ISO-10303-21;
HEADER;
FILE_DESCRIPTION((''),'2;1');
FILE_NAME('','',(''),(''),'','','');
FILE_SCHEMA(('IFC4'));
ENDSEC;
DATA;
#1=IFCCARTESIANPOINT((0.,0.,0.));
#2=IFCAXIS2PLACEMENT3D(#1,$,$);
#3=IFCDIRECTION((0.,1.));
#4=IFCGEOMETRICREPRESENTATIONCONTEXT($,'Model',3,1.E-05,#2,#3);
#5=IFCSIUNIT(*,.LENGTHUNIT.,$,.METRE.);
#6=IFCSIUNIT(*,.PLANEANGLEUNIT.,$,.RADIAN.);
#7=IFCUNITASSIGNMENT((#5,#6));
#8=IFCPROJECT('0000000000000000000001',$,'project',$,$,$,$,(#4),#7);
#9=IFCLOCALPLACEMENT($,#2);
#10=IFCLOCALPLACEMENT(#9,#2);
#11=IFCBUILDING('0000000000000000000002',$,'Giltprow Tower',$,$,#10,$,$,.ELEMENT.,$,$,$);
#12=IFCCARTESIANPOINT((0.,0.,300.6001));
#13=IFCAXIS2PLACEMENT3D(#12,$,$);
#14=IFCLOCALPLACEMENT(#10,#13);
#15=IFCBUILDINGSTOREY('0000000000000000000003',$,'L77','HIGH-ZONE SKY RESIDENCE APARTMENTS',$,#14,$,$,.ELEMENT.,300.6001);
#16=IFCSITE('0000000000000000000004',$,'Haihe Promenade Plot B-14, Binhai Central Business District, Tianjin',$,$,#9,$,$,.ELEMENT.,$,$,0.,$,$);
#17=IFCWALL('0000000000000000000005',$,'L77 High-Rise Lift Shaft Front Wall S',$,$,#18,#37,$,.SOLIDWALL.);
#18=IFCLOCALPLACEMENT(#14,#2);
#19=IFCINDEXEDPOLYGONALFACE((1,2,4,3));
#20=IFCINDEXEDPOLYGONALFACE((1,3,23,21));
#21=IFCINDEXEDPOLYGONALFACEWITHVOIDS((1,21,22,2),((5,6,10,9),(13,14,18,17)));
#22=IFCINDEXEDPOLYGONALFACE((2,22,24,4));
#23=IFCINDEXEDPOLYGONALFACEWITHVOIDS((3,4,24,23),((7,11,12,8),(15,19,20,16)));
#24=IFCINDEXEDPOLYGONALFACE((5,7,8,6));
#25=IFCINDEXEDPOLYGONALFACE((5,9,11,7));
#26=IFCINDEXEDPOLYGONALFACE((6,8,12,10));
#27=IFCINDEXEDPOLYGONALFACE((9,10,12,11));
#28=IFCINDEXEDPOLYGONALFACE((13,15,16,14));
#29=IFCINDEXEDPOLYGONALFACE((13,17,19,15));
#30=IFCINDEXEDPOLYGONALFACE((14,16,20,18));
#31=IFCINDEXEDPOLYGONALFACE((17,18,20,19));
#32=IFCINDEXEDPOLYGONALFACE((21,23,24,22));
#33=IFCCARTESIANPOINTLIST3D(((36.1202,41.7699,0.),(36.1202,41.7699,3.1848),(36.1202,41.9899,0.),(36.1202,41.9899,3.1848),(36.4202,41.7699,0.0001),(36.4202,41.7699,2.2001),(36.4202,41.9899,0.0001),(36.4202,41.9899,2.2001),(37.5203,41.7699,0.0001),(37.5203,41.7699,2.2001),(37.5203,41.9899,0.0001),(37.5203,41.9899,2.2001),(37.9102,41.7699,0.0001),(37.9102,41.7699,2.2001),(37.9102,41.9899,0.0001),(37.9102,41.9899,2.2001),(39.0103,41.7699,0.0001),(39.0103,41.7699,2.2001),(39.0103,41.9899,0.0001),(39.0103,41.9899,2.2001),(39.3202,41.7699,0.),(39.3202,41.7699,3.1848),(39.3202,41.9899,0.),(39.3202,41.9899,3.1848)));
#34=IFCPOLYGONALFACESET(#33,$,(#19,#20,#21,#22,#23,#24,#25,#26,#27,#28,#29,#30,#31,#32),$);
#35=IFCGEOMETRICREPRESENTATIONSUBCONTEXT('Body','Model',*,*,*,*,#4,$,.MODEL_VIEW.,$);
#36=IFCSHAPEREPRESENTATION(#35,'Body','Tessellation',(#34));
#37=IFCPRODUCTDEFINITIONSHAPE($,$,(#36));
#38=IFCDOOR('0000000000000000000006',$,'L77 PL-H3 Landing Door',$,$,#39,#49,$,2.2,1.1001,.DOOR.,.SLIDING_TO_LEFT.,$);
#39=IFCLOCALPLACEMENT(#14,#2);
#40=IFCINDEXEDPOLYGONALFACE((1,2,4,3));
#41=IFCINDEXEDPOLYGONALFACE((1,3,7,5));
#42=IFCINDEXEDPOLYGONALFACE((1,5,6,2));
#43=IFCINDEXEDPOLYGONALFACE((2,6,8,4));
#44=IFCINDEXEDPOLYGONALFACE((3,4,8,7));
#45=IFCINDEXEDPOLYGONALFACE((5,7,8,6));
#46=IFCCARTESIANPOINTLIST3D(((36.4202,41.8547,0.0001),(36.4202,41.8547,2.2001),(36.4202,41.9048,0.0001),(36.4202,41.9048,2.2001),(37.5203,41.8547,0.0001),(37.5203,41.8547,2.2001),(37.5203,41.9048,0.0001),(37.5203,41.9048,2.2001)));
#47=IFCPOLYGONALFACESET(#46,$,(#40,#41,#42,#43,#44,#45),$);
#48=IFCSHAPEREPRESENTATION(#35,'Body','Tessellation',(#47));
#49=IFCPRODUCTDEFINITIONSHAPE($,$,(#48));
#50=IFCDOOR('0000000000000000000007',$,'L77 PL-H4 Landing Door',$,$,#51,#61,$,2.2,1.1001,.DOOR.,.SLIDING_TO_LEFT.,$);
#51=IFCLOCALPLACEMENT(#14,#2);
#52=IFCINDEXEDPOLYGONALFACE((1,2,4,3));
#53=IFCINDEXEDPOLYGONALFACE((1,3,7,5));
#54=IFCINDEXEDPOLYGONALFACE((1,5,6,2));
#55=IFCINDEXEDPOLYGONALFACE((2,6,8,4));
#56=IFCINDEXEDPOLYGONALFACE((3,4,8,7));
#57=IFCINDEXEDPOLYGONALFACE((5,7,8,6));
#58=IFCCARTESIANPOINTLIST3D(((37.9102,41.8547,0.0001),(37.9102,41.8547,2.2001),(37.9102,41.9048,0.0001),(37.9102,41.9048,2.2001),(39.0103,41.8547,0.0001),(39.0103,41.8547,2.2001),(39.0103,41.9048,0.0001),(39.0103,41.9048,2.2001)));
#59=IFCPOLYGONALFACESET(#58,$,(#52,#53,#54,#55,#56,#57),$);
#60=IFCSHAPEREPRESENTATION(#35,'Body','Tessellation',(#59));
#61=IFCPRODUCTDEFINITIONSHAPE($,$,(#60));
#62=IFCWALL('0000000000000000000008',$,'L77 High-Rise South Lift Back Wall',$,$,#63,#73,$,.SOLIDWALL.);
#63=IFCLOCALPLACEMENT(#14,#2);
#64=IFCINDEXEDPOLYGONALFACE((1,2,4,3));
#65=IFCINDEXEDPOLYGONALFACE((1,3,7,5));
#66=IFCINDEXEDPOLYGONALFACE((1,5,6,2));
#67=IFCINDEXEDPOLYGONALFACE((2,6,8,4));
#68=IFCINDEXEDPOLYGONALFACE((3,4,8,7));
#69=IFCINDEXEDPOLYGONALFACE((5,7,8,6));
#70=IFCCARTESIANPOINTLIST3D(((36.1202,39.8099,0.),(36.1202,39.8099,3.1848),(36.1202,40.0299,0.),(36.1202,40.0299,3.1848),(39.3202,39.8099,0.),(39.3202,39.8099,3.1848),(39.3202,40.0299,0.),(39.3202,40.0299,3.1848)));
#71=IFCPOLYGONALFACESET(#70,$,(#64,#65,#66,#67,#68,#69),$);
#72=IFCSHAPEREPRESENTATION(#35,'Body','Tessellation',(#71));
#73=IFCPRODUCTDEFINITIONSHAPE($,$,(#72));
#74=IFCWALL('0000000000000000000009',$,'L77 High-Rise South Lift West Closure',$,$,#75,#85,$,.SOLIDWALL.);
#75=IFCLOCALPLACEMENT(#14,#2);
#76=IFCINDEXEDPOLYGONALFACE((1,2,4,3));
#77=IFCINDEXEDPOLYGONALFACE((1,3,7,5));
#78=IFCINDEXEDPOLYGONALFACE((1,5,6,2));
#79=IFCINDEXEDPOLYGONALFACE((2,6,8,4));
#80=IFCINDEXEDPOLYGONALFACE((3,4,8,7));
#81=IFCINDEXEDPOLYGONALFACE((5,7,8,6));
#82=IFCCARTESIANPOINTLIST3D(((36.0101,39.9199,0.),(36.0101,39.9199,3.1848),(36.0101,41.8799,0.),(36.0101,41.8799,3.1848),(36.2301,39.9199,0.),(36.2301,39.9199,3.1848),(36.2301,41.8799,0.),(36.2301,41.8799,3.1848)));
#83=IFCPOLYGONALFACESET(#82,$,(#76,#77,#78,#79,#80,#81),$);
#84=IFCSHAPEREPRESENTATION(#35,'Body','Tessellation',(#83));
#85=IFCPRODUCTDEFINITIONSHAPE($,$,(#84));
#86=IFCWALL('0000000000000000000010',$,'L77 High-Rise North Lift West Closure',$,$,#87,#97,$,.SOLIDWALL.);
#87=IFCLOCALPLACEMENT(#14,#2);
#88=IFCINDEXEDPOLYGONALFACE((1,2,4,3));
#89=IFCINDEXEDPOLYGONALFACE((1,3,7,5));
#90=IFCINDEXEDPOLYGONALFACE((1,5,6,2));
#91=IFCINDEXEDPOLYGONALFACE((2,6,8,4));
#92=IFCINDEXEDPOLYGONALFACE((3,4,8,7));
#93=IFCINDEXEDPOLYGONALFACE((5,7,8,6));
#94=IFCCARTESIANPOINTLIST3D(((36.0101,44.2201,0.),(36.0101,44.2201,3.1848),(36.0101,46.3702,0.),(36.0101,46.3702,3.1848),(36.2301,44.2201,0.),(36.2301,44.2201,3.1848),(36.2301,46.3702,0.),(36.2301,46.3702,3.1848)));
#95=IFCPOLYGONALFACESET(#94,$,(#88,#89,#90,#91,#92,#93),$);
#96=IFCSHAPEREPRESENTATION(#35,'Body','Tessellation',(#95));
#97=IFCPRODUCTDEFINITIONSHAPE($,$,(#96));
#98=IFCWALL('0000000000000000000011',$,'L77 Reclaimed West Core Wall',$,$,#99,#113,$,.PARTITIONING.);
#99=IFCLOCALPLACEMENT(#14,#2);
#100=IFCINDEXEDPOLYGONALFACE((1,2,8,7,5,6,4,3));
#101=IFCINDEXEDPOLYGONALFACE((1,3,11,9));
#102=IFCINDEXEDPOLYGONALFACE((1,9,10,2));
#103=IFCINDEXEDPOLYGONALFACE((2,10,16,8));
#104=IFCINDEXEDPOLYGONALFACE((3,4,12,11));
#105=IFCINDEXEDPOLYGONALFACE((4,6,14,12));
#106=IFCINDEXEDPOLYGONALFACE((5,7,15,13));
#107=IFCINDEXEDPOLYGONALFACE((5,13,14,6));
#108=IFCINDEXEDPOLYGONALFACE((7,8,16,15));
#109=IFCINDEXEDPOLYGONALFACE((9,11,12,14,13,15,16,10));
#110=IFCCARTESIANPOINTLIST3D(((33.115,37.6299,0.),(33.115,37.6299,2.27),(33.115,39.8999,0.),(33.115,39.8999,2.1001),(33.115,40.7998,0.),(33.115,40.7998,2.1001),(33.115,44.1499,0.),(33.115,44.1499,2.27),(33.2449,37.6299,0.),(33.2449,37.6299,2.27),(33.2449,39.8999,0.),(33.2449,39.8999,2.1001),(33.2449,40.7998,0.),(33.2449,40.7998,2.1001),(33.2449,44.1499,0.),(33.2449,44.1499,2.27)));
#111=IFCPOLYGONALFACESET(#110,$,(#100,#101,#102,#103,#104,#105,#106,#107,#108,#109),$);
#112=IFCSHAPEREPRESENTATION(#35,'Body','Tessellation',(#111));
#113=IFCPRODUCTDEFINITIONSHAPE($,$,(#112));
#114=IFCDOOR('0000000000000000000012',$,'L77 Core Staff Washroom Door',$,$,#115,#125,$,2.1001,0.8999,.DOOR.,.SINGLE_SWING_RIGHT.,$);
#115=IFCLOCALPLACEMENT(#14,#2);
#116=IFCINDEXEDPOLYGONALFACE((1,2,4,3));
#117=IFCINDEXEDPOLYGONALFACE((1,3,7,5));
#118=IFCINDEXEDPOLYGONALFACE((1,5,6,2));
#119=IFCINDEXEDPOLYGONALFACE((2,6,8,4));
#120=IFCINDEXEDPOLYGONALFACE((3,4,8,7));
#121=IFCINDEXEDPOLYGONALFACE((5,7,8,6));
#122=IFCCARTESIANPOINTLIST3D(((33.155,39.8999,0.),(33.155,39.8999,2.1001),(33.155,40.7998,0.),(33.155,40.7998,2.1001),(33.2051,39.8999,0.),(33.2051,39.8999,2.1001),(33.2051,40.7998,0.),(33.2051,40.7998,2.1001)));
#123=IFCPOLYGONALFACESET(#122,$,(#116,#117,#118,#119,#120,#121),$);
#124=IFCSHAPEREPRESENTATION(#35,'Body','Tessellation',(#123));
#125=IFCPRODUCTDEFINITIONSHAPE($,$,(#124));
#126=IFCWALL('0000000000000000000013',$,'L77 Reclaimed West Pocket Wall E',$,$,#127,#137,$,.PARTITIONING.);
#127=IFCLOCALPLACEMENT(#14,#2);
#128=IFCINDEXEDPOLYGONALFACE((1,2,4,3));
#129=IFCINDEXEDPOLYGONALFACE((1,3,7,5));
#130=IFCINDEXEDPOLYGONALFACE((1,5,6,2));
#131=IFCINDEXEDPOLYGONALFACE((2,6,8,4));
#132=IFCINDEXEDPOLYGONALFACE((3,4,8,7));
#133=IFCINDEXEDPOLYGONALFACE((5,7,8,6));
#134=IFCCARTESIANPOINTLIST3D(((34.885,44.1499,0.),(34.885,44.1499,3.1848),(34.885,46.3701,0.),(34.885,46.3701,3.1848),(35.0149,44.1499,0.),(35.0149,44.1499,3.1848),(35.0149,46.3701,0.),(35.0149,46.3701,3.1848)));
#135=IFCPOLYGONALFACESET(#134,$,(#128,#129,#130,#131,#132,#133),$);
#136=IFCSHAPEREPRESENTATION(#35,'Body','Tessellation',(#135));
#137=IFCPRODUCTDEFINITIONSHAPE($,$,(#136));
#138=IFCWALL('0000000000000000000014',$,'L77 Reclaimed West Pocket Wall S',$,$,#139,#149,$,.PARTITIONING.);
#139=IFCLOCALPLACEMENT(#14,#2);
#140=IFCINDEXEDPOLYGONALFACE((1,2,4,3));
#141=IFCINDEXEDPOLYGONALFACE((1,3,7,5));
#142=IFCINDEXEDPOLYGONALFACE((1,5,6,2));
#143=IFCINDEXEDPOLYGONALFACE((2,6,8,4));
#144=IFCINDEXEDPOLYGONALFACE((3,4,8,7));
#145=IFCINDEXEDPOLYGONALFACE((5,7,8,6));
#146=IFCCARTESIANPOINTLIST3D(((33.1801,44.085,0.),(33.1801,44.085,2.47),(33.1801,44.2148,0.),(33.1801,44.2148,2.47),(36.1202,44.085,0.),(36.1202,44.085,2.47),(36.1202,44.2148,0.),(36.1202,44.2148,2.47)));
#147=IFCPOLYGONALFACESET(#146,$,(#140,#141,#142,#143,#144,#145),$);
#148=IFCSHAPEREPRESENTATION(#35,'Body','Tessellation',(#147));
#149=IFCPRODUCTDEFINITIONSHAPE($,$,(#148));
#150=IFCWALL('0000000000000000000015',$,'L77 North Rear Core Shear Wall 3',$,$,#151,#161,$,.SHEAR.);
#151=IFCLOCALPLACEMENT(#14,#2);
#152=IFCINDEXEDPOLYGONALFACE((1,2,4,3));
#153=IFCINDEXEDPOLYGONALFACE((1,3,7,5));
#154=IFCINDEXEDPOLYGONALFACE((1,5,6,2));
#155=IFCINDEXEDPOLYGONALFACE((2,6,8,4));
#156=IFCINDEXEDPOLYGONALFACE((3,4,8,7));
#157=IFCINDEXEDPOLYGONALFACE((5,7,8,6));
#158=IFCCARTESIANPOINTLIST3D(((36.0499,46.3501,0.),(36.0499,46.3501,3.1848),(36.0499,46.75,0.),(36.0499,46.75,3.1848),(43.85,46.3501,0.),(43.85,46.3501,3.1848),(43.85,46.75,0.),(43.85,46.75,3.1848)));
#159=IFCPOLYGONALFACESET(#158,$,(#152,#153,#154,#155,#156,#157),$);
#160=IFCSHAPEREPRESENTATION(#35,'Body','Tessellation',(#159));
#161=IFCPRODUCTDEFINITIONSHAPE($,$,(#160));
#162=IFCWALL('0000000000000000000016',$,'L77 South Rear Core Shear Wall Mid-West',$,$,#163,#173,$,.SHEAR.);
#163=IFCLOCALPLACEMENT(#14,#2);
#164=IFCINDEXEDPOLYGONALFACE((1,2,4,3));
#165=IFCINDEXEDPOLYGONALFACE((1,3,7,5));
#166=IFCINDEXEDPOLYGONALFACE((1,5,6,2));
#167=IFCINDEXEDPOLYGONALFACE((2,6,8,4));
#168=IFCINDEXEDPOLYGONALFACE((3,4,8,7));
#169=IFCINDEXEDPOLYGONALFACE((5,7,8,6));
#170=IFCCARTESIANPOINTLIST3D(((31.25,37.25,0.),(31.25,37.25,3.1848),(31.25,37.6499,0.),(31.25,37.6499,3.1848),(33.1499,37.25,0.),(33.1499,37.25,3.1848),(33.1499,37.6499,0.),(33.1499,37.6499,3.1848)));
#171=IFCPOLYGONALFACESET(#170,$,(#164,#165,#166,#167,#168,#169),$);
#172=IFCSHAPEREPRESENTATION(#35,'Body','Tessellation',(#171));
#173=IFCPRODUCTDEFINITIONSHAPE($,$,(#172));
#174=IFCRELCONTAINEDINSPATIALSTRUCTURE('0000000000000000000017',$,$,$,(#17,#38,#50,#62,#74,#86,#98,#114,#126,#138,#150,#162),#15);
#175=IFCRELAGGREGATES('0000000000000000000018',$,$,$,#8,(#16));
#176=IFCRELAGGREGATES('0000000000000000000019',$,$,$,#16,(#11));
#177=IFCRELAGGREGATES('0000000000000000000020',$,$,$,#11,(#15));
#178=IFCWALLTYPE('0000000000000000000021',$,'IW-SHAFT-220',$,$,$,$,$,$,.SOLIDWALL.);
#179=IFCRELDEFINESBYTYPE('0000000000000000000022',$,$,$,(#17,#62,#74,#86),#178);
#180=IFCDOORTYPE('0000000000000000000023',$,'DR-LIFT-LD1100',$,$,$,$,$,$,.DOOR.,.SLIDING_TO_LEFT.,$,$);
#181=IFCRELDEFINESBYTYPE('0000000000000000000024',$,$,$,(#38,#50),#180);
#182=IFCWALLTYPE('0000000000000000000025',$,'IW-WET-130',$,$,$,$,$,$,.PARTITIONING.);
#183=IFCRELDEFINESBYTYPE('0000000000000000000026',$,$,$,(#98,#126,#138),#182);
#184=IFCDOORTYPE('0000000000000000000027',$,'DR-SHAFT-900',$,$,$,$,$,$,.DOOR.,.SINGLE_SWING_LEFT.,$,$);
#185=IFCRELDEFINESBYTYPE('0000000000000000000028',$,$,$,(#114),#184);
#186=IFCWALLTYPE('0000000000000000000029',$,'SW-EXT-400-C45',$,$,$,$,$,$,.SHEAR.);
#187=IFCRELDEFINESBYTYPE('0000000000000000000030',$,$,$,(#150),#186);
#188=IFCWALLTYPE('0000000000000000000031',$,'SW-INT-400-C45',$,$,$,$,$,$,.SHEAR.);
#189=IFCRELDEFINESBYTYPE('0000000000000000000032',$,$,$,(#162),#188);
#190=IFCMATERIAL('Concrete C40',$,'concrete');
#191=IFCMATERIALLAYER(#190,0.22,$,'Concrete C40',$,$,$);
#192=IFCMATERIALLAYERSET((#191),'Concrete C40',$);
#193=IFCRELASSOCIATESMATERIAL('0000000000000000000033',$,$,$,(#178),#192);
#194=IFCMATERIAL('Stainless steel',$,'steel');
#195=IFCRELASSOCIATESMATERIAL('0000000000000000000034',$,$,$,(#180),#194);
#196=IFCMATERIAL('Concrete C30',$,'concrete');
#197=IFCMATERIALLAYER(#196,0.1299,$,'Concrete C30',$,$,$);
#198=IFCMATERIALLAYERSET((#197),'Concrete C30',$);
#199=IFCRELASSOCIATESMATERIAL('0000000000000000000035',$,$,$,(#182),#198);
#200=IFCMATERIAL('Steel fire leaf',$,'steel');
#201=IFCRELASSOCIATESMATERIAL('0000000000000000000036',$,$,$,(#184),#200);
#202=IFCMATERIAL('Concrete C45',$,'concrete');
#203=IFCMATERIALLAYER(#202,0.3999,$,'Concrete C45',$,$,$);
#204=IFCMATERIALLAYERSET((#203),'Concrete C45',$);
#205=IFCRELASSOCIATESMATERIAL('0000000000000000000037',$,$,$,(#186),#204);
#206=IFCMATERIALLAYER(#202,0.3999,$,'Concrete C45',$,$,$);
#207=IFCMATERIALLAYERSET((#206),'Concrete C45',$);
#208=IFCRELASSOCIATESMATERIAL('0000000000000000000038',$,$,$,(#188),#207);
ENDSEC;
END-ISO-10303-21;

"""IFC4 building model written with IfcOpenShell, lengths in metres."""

from ifc_helpers import new_model, si_unit, direction, frame, frame_2d, origin, place, context, subcontext, project, spatial, rectangle, extrude, source, transform, mapped, material, layer, layer_set, type_object, element, fill, save


model = new_model("IFC4")

# Units and contexts
model_context = context("Model", 3, precision=1e-05, world=origin(), true_north=direction((0.0, 1.0)))
body_context = subcontext(model_context, "Body", "Model", "MODEL_VIEW")
ifc_project = project(units=[si_unit("LENGTHUNIT", "METRE"), si_unit("PLANEANGLEUNIT", "RADIAN")], contexts=[model_context])

# Site, building, storey
site_placement = place(None, origin())
site = spatial("IfcSite", under=ifc_project, at=site_placement, Name="Haihe Promenade Plot B-14, Binhai Central Business District, Tianjin", CompositionType="ELEMENT", RefElevation=0.0)
building_placement = place(site_placement, origin())
building = spatial("IfcBuilding", under=site, at=building_placement, Name="Giltprow Tower", CompositionType="ELEMENT")
storey_placement = place(building_placement, frame((0.0, 0.0, 300.6001)))
storey = spatial("IfcBuildingStorey", under=building, at=storey_placement, Name="L77", Description="HIGH-ZONE SKY RESIDENCE APARTMENTS", CompositionType="ELEMENT", Elevation=300.6001)

# Shared definitions
ifc_material_1 = material(Name="Concrete C45", Category="concrete")

# Wall, openings, doors
ifc_material_2 = material(Name="Concrete C40", Category="concrete")
ifc_layer_1 = layer(ifc_material_2, 0.22, Name="Concrete C40")
ifc_layer_set_1 = layer_set([ifc_layer_1], Name="Concrete C40")
wall_type_1 = type_object("IfcWallType", Name="IW-SHAFT-220", PredefinedType="SOLIDWALL", material=ifc_layer_set_1)
ifc_material_3 = material(Name="Stainless steel", Category="steel")
door_type_1 = type_object("IfcDoorType", Name="DR-LIFT-LD1100", OperationType="SLIDING_TO_LEFT", PredefinedType="DOOR", material=ifc_material_3)
shared_shape_1 = source(origin(), body_context, "Body", "SweptSolid", [
    extrude(rectangle(XDim=1.1001, YDim=2.2, at=frame_2d((0.55, 1.1001))), frame((0.0, 0.0249, 0.0), z_axis=(0.0, -1.0, 0.0), x_axis=(1.0, 0.0, 0.0)), (0.0, 0.0, 1.0), 0.05),
])
wall_1_placement = place(storey_placement, frame((36.1201, 41.8799, 0.0), z_axis=(0.0, 0.0, 1.0), x_axis=(1.0, 0.0, 0.0)))
wall_1 = element("IfcWall", 1, at=wall_1_placement, inside=storey, type_object=wall_type_1, Name="L77 High-Rise Lift Shaft Front Wall S", PredefinedType="SOLIDWALL", context=body_context, shape_type="SweptSolid", body=[
    extrude(rectangle(XDim=3.2, YDim=0.22, at=frame_2d((1.6001, 0.0))), origin(), (0.0, 0.0, 1.0), 3.1848),
])
opening_1_placement = place(wall_1_placement, frame((0.3, 0.0, 0.0)))
opening_1 = element("IfcOpeningElement", 2, at=opening_1_placement, cuts=wall_1, PredefinedType="OPENING", context=body_context, shape_type="SweptSolid", body=[
    extrude(rectangle(XDim=1.1001, YDim=2.2, at=frame_2d((0.55, 1.1001))), frame((0.0, 0.1199, 0.0), z_axis=(0.0, -1.0, 0.0), x_axis=(1.0, 0.0, 0.0)), (0.0, 0.0, 1.0), 0.24),
])
opening_2_placement = place(wall_1_placement, frame((1.79, 0.0, 0.0)))
opening_2 = element("IfcOpeningElement", 3, at=opening_2_placement, cuts=wall_1, PredefinedType="OPENING", context=body_context, shape_type="SweptSolid", body=[
    extrude(rectangle(XDim=1.1001, YDim=2.2, at=frame_2d((0.55, 1.1001))), frame((0.0, 0.1199, 0.0), z_axis=(0.0, -1.0, 0.0), x_axis=(1.0, 0.0, 0.0)), (0.0, 0.0, 1.0), 0.24),
])
door_1_placement = place(opening_1_placement, origin())
door_1 = element("IfcDoor", 4, at=door_1_placement, inside=storey, type_object=door_type_1, Name="L77 PL-H3 Landing Door", OperationType="SLIDING_TO_LEFT", OverallHeight=2.2, OverallWidth=1.1001, PredefinedType="DOOR", context=body_context, shape_type="MappedRepresentation", body=[
    mapped(shared_shape_1, transform((0.0, 0.0, 0.0), x_axis=(1.0, 0.0, 0.0), y_axis=(0.0, 1.0, 0.0), z_axis=(0.0, 0.0, 1.0), scale=1.0)),
])
fill(opening_1, door_1)
door_2_placement = place(opening_2_placement, origin())
door_2 = element("IfcDoor", 5, at=door_2_placement, inside=storey, type_object=door_type_1, Name="L77 PL-H4 Landing Door", OperationType="SLIDING_TO_LEFT", OverallHeight=2.2, OverallWidth=1.1001, PredefinedType="DOOR", context=body_context, shape_type="MappedRepresentation", body=[
    mapped(shared_shape_1, transform((0.0, 0.0, 0.0), x_axis=(1.0, 0.0, 0.0), y_axis=(0.0, 1.0, 0.0), z_axis=(0.0, 0.0, 1.0), scale=1.0)),
])
fill(opening_2, door_2)

# Walls
wall_2_placement = place(storey_placement, frame((36.1201, 39.9199, 0.0), z_axis=(0.0, 0.0, 1.0), x_axis=(1.0, 0.0, 0.0)))
element("IfcWall", 6, at=wall_2_placement, inside=storey, type_object=wall_type_1, Name="L77 High-Rise South Lift Back Wall", PredefinedType="SOLIDWALL", context=body_context, shape_type="SweptSolid", body=[
    extrude(rectangle(XDim=3.2, YDim=0.22, at=frame_2d((1.6001, 0.0))), origin(), (0.0, 0.0, 1.0), 3.1848),
])
wall_3_placement = place(storey_placement, frame((36.1201, 39.9199, 0.0), z_axis=(0.0, 0.0, 1.0), x_axis=(0.0, 1.0, 0.0)))
element("IfcWall", 7, at=wall_3_placement, inside=storey, type_object=wall_type_1, Name="L77 High-Rise South Lift West Closure", PredefinedType="SOLIDWALL", context=body_context, shape_type="SweptSolid", body=[
    extrude(rectangle(XDim=1.96, YDim=0.22, at=frame_2d((0.98, 0.0))), origin(), (0.0, 0.0, 1.0), 3.1848),
])
wall_4_placement = place(storey_placement, frame((36.1201, 44.22, 0.0), z_axis=(0.0, 0.0, 1.0), x_axis=(0.0, 1.0, 0.0)))
element("IfcWall", 8, at=wall_4_placement, inside=storey, type_object=wall_type_1, Name="L77 High-Rise North Lift West Closure", PredefinedType="SOLIDWALL", context=body_context, shape_type="SweptSolid", body=[
    extrude(rectangle(XDim=2.1501, YDim=0.22, at=frame_2d((1.0752, 0.0))), origin(), (0.0, 0.0, 1.0), 3.1848),
])

# Wall, opening, door
ifc_material_4 = material(Name="Concrete C30", Category="concrete")
ifc_layer_2 = layer(ifc_material_4, 0.1299, Name="Concrete C30")
ifc_layer_set_2 = layer_set([ifc_layer_2], Name="Concrete C30")
wall_type_2 = type_object("IfcWallType", Name="IW-WET-130", PredefinedType="PARTITIONING", material=ifc_layer_set_2)
wall_5_placement = place(storey_placement, frame((33.1799, 37.6299, 0.0), z_axis=(0.0, 0.0, 1.0), x_axis=(0.0, 1.0, 0.0)))
wall_5 = element("IfcWall", 9, at=wall_5_placement, inside=storey, type_object=wall_type_2, Name="L77 Reclaimed West Core Wall", PredefinedType="PARTITIONING", context=body_context, shape_type="SweptSolid", body=[
    extrude(rectangle(XDim=6.52, YDim=0.1299, at=frame_2d((3.26, 0.0))), origin(), (0.0, 0.0, 1.0), 2.27),
])
opening_3_placement = place(wall_5_placement, frame((2.27, 0.0, 0.0)))
opening_3 = element("IfcOpeningElement", 10, at=opening_3_placement, cuts=wall_5, PredefinedType="OPENING", context=body_context, shape_type="SweptSolid", body=[
    extrude(rectangle(XDim=0.8999, YDim=2.1001, at=frame_2d((0.45, 1.05))), frame((0.0, 0.075, 0.0), z_axis=(0.0, -1.0, 0.0), x_axis=(1.0, 0.0, 0.0)), (0.0, 0.0, 1.0), 0.1499),
])
ifc_material_5 = material(Name="Steel fire leaf", Category="steel")
door_type_2 = type_object("IfcDoorType", Name="DR-SHAFT-900", OperationType="SINGLE_SWING_LEFT", PredefinedType="DOOR", material=ifc_material_5)
shared_shape_2 = source(origin(), body_context, "Body", "SweptSolid", [
    extrude(rectangle(XDim=0.8999, YDim=2.1001, at=frame_2d((0.45, 1.05))), frame((0.0, 0.0249, 0.0), z_axis=(0.0, -1.0, 0.0), x_axis=(1.0, 0.0, 0.0)), (0.0, 0.0, 1.0), 0.05),
])
door_3_placement = place(opening_3_placement, origin())
door_3 = element("IfcDoor", 11, at=door_3_placement, inside=storey, type_object=door_type_2, Name="L77 Core Staff Washroom Door", OperationType="SINGLE_SWING_RIGHT", OverallHeight=2.1001, OverallWidth=0.8999, PredefinedType="DOOR", context=body_context, shape_type="MappedRepresentation", body=[
    mapped(shared_shape_2, transform((0.0, 0.0, 0.0), x_axis=(1.0, 0.0, 0.0), y_axis=(0.0, 1.0, 0.0), z_axis=(0.0, 0.0, 1.0), scale=1.0)),
])
fill(opening_3, door_3)

# Walls
wall_6_placement = place(storey_placement, frame((34.95, 44.1499, 0.0), z_axis=(0.0, 0.0, 1.0), x_axis=(0.0, 1.0, 0.0)))
element("IfcWall", 12, at=wall_6_placement, inside=storey, type_object=wall_type_2, Name="L77 Reclaimed West Pocket Wall E", PredefinedType="PARTITIONING", context=body_context, shape_type="SweptSolid", body=[
    extrude(rectangle(XDim=2.2202, YDim=0.1299, at=frame_2d((1.1101, 0.0))), origin(), (0.0, 0.0, 1.0), 3.1848),
])
wall_7_placement = place(storey_placement, frame((33.1799, 44.1499, 0.0), z_axis=(0.0, 0.0, 1.0), x_axis=(1.0, 0.0, 0.0)))
element("IfcWall", 13, at=wall_7_placement, inside=storey, type_object=wall_type_2, Name="L77 Reclaimed West Pocket Wall S", PredefinedType="PARTITIONING", context=body_context, shape_type="SweptSolid", body=[
    extrude(rectangle(XDim=2.9402, YDim=0.1299, at=frame_2d((1.4702, 0.0))), origin(), (0.0, 0.0, 1.0), 2.47),
])
ifc_layer_3 = layer(ifc_material_1, 0.3999, Name="Concrete C45")
ifc_layer_set_3 = layer_set([ifc_layer_3], Name="Concrete C45")
wall_type_3 = type_object("IfcWallType", Name="SW-EXT-400-C45", PredefinedType="SHEAR", material=ifc_layer_set_3)
wall_8_placement = place(storey_placement, frame((36.05, 46.55, 0.0), z_axis=(0.0, 0.0, 1.0), x_axis=(1.0, 0.0, 0.0)))
element("IfcWall", 14, at=wall_8_placement, inside=storey, type_object=wall_type_3, Name="L77 North Rear Core Shear Wall 3", PredefinedType="SHEAR", context=body_context, shape_type="SweptSolid", body=[
    extrude(rectangle(XDim=7.8, YDim=0.3999, at=frame_2d((3.8999, 0.0))), origin(), (0.0, 0.0, 1.0), 3.1848),
])
ifc_layer_4 = layer(ifc_material_1, 0.3999, Name="Concrete C45")
ifc_layer_set_4 = layer_set([ifc_layer_4], Name="Concrete C45")
wall_type_4 = type_object("IfcWallType", Name="SW-INT-400-C45", PredefinedType="SHEAR", material=ifc_layer_set_4)
wall_9_placement = place(storey_placement, frame((31.25, 37.45, 0.0), z_axis=(0.0, 0.0, 1.0), x_axis=(1.0, 0.0, 0.0)))
element("IfcWall", 15, at=wall_9_placement, inside=storey, type_object=wall_type_4, Name="L77 South Rear Core Shear Wall Mid-West", PredefinedType="SHEAR", context=body_context, shape_type="SweptSolid", body=[
    extrude(rectangle(XDim=1.8999, YDim=0.3999, at=frame_2d((0.95, 0.0))), origin(), (0.0, 0.0, 1.0), 3.1848),
])

save(model, "model.ifc")
